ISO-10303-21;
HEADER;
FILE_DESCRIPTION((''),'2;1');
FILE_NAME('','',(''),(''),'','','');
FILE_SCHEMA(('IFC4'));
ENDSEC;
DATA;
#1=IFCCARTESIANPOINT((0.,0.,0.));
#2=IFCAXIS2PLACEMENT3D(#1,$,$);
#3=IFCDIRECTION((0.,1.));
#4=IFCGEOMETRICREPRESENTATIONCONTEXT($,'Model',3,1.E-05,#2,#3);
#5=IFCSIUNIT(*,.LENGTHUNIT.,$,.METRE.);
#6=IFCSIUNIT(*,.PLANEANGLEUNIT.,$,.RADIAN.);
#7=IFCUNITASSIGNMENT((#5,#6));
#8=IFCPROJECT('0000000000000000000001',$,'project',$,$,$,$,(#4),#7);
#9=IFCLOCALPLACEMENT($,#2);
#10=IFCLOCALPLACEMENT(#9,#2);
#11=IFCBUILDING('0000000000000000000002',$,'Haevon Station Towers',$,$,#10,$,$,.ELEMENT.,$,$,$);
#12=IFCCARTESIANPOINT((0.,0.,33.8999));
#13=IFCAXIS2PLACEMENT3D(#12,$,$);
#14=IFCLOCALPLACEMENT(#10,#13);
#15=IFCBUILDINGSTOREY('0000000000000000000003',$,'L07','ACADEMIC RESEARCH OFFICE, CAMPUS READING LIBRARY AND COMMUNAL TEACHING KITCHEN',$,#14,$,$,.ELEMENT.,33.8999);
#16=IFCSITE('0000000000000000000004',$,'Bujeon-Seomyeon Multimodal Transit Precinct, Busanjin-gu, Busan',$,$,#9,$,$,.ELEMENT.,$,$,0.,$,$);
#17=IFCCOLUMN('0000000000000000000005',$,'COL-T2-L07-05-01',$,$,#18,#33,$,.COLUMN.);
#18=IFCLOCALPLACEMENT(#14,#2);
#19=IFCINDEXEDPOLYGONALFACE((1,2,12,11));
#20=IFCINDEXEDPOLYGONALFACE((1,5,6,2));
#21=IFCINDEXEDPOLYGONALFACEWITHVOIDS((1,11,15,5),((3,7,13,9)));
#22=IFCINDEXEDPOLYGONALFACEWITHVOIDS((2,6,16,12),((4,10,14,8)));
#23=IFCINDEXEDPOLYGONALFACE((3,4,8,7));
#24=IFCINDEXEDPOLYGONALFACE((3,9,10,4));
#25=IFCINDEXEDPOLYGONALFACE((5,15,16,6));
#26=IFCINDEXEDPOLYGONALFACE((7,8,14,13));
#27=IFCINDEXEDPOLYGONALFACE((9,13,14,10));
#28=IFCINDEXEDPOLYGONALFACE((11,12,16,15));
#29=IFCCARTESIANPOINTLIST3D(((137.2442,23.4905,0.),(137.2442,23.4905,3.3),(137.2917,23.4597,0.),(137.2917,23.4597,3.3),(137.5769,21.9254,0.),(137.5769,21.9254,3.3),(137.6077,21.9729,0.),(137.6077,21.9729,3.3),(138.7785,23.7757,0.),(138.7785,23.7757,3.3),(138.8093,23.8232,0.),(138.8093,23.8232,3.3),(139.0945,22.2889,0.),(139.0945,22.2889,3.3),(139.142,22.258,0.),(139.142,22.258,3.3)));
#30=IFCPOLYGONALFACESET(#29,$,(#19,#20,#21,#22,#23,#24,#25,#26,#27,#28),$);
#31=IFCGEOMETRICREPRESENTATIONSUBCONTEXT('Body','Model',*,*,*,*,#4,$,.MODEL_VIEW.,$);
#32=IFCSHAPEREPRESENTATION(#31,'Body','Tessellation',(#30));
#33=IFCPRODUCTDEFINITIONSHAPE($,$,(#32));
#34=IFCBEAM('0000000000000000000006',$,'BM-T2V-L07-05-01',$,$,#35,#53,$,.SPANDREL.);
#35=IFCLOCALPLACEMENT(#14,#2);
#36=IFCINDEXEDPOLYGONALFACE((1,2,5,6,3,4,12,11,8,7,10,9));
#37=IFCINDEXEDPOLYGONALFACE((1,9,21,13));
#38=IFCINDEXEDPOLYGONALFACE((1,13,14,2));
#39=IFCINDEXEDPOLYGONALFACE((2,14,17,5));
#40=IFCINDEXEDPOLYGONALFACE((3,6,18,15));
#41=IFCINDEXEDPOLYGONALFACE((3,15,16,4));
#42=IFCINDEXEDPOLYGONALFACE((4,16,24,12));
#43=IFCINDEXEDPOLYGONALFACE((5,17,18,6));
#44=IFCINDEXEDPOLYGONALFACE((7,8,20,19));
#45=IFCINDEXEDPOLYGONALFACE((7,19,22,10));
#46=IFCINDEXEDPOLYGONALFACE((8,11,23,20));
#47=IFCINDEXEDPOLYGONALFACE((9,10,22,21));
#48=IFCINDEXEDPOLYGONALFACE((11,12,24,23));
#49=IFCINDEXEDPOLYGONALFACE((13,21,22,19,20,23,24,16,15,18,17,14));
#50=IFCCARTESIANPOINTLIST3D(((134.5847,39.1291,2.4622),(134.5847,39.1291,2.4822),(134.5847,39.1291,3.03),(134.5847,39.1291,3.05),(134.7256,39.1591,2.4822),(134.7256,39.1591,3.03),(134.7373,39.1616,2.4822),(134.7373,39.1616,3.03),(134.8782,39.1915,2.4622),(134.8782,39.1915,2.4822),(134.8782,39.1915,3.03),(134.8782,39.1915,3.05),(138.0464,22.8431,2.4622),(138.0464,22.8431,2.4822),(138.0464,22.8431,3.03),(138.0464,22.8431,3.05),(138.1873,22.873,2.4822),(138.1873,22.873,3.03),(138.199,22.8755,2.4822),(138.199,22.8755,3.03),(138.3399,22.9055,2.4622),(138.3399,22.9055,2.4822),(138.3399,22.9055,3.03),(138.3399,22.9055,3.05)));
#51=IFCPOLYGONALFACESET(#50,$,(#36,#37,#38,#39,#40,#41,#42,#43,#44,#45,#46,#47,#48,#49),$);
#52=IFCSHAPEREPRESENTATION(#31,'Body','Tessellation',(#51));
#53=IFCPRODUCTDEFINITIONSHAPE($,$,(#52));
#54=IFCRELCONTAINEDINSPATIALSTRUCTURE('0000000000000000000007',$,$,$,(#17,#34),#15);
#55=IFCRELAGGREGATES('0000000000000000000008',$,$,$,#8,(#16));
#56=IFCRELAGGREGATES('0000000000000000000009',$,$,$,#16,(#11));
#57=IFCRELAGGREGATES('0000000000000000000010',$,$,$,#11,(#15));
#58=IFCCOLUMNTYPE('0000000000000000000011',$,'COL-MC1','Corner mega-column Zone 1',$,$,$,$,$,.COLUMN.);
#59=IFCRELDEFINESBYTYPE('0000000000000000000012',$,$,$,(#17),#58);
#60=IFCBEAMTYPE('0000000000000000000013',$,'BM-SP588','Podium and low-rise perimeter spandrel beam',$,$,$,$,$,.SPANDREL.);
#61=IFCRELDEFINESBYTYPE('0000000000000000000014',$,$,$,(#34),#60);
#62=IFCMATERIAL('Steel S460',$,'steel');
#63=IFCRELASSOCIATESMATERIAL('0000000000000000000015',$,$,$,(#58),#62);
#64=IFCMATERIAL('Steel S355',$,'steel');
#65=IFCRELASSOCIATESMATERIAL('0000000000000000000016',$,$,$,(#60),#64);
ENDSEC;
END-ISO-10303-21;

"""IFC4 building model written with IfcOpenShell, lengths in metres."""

from ifc_helpers import new_model, si_unit, direction, frame, origin, origin_2d, place, context, subcontext, project, spatial, hollow_rectangle, i_section, extrude, material, material_profile, profile_set, type_object, element, save


model = new_model("IFC4")

# Units and contexts
model_context = context("Model", 3, precision=1e-05, world=origin(), true_north=direction((0.0, 1.0)))
body_context = subcontext(model_context, "Body", "Model", "MODEL_VIEW")
ifc_project = project(units=[si_unit("LENGTHUNIT", "METRE"), si_unit("PLANEANGLEUNIT", "RADIAN")], contexts=[model_context])

# Site, building, storey
site_placement = place(None, origin())
site = spatial("IfcSite", under=ifc_project, at=site_placement, Name="Bujeon-Seomyeon Multimodal Transit Precinct, Busanjin-gu, Busan", CompositionType="ELEMENT", RefElevation=0.0)
building_placement = place(site_placement, origin())
building = spatial("IfcBuilding", under=site, at=building_placement, Name="Haevon Station Towers", CompositionType="ELEMENT")
storey_placement = place(building_placement, frame((0.0, 0.0, 33.8999)))
storey = spatial("IfcBuildingStorey", under=building, at=storey_placement, Name="L07", Description="ACADEMIC RESEARCH OFFICE, CAMPUS READING LIBRARY AND COMMUNAL TEACHING KITCHEN", CompositionType="ELEMENT", Elevation=33.8999)

# Column
ifc_material_1 = material(Name="Steel S460", Category="steel")
ifc_material_profile_1 = material_profile(ifc_material_1, hollow_rectangle(XDim=1.6001, YDim=1.6001, WallThickness=0.04, at=origin_2d()), Name="BOX-1600x1600x40")
ifc_profile_set_1 = profile_set([ifc_material_profile_1], Name="Steel S460")
column_type = type_object("IfcColumnType", Name="COL-MC1", Description="Corner mega-column Zone 1", PredefinedType="COLUMN", material=ifc_profile_set_1)
column_placement = place(storey_placement, frame((138.1931, 22.8743, 0.0), z_axis=(0.0, 0.0, 1.0), x_axis=(0.978148, 0.207912, 0.0)))
element("IfcColumn", 1, at=column_placement, inside=storey, type_object=column_type, Name="COL-T2-L07-05-01", PredefinedType="COLUMN", context=body_context, shape_type="SweptSolid", body=[
    extrude(hollow_rectangle(XDim=1.6001, YDim=1.6001, WallThickness=0.04, at=origin_2d()), origin(), (0.0, 0.0, 1.0), 3.3),
])

# Beam
ifc_material_2 = material(Name="Steel S355", Category="steel")
ifc_material_profile_2 = material_profile(ifc_material_2, i_section(OverallWidth=0.3, OverallDepth=0.5879, WebThickness=0.012, FlangeThickness=0.02, at=origin_2d()), Name="H-588x300x12x20")
ifc_profile_set_2 = profile_set([ifc_material_profile_2], Name="Steel S355")
beam_type = type_object("IfcBeamType", Name="BM-SP588", Description="Podium and low-rise perimeter spandrel beam", PredefinedType="SPANDREL", material=ifc_profile_set_2)
beam_placement = place(storey_placement, frame((138.1931, 22.8743, 2.7561), z_axis=(-0.207909, 0.978148, 0.0), x_axis=(-0.978148, -0.207909, 0.0)))
element("IfcBeam", 2, at=beam_placement, inside=storey, type_object=beam_type, Name="BM-T2V-L07-05-01", PredefinedType="SPANDREL", context=body_context, shape_type="SweptSolid", body=[
    extrude(i_section(OverallWidth=0.3, OverallDepth=0.5879, WebThickness=0.012, FlangeThickness=0.02, at=origin_2d()), origin(), (0.0, 0.0, 1.0), 16.6499),
])

save(model, "model.ifc")
